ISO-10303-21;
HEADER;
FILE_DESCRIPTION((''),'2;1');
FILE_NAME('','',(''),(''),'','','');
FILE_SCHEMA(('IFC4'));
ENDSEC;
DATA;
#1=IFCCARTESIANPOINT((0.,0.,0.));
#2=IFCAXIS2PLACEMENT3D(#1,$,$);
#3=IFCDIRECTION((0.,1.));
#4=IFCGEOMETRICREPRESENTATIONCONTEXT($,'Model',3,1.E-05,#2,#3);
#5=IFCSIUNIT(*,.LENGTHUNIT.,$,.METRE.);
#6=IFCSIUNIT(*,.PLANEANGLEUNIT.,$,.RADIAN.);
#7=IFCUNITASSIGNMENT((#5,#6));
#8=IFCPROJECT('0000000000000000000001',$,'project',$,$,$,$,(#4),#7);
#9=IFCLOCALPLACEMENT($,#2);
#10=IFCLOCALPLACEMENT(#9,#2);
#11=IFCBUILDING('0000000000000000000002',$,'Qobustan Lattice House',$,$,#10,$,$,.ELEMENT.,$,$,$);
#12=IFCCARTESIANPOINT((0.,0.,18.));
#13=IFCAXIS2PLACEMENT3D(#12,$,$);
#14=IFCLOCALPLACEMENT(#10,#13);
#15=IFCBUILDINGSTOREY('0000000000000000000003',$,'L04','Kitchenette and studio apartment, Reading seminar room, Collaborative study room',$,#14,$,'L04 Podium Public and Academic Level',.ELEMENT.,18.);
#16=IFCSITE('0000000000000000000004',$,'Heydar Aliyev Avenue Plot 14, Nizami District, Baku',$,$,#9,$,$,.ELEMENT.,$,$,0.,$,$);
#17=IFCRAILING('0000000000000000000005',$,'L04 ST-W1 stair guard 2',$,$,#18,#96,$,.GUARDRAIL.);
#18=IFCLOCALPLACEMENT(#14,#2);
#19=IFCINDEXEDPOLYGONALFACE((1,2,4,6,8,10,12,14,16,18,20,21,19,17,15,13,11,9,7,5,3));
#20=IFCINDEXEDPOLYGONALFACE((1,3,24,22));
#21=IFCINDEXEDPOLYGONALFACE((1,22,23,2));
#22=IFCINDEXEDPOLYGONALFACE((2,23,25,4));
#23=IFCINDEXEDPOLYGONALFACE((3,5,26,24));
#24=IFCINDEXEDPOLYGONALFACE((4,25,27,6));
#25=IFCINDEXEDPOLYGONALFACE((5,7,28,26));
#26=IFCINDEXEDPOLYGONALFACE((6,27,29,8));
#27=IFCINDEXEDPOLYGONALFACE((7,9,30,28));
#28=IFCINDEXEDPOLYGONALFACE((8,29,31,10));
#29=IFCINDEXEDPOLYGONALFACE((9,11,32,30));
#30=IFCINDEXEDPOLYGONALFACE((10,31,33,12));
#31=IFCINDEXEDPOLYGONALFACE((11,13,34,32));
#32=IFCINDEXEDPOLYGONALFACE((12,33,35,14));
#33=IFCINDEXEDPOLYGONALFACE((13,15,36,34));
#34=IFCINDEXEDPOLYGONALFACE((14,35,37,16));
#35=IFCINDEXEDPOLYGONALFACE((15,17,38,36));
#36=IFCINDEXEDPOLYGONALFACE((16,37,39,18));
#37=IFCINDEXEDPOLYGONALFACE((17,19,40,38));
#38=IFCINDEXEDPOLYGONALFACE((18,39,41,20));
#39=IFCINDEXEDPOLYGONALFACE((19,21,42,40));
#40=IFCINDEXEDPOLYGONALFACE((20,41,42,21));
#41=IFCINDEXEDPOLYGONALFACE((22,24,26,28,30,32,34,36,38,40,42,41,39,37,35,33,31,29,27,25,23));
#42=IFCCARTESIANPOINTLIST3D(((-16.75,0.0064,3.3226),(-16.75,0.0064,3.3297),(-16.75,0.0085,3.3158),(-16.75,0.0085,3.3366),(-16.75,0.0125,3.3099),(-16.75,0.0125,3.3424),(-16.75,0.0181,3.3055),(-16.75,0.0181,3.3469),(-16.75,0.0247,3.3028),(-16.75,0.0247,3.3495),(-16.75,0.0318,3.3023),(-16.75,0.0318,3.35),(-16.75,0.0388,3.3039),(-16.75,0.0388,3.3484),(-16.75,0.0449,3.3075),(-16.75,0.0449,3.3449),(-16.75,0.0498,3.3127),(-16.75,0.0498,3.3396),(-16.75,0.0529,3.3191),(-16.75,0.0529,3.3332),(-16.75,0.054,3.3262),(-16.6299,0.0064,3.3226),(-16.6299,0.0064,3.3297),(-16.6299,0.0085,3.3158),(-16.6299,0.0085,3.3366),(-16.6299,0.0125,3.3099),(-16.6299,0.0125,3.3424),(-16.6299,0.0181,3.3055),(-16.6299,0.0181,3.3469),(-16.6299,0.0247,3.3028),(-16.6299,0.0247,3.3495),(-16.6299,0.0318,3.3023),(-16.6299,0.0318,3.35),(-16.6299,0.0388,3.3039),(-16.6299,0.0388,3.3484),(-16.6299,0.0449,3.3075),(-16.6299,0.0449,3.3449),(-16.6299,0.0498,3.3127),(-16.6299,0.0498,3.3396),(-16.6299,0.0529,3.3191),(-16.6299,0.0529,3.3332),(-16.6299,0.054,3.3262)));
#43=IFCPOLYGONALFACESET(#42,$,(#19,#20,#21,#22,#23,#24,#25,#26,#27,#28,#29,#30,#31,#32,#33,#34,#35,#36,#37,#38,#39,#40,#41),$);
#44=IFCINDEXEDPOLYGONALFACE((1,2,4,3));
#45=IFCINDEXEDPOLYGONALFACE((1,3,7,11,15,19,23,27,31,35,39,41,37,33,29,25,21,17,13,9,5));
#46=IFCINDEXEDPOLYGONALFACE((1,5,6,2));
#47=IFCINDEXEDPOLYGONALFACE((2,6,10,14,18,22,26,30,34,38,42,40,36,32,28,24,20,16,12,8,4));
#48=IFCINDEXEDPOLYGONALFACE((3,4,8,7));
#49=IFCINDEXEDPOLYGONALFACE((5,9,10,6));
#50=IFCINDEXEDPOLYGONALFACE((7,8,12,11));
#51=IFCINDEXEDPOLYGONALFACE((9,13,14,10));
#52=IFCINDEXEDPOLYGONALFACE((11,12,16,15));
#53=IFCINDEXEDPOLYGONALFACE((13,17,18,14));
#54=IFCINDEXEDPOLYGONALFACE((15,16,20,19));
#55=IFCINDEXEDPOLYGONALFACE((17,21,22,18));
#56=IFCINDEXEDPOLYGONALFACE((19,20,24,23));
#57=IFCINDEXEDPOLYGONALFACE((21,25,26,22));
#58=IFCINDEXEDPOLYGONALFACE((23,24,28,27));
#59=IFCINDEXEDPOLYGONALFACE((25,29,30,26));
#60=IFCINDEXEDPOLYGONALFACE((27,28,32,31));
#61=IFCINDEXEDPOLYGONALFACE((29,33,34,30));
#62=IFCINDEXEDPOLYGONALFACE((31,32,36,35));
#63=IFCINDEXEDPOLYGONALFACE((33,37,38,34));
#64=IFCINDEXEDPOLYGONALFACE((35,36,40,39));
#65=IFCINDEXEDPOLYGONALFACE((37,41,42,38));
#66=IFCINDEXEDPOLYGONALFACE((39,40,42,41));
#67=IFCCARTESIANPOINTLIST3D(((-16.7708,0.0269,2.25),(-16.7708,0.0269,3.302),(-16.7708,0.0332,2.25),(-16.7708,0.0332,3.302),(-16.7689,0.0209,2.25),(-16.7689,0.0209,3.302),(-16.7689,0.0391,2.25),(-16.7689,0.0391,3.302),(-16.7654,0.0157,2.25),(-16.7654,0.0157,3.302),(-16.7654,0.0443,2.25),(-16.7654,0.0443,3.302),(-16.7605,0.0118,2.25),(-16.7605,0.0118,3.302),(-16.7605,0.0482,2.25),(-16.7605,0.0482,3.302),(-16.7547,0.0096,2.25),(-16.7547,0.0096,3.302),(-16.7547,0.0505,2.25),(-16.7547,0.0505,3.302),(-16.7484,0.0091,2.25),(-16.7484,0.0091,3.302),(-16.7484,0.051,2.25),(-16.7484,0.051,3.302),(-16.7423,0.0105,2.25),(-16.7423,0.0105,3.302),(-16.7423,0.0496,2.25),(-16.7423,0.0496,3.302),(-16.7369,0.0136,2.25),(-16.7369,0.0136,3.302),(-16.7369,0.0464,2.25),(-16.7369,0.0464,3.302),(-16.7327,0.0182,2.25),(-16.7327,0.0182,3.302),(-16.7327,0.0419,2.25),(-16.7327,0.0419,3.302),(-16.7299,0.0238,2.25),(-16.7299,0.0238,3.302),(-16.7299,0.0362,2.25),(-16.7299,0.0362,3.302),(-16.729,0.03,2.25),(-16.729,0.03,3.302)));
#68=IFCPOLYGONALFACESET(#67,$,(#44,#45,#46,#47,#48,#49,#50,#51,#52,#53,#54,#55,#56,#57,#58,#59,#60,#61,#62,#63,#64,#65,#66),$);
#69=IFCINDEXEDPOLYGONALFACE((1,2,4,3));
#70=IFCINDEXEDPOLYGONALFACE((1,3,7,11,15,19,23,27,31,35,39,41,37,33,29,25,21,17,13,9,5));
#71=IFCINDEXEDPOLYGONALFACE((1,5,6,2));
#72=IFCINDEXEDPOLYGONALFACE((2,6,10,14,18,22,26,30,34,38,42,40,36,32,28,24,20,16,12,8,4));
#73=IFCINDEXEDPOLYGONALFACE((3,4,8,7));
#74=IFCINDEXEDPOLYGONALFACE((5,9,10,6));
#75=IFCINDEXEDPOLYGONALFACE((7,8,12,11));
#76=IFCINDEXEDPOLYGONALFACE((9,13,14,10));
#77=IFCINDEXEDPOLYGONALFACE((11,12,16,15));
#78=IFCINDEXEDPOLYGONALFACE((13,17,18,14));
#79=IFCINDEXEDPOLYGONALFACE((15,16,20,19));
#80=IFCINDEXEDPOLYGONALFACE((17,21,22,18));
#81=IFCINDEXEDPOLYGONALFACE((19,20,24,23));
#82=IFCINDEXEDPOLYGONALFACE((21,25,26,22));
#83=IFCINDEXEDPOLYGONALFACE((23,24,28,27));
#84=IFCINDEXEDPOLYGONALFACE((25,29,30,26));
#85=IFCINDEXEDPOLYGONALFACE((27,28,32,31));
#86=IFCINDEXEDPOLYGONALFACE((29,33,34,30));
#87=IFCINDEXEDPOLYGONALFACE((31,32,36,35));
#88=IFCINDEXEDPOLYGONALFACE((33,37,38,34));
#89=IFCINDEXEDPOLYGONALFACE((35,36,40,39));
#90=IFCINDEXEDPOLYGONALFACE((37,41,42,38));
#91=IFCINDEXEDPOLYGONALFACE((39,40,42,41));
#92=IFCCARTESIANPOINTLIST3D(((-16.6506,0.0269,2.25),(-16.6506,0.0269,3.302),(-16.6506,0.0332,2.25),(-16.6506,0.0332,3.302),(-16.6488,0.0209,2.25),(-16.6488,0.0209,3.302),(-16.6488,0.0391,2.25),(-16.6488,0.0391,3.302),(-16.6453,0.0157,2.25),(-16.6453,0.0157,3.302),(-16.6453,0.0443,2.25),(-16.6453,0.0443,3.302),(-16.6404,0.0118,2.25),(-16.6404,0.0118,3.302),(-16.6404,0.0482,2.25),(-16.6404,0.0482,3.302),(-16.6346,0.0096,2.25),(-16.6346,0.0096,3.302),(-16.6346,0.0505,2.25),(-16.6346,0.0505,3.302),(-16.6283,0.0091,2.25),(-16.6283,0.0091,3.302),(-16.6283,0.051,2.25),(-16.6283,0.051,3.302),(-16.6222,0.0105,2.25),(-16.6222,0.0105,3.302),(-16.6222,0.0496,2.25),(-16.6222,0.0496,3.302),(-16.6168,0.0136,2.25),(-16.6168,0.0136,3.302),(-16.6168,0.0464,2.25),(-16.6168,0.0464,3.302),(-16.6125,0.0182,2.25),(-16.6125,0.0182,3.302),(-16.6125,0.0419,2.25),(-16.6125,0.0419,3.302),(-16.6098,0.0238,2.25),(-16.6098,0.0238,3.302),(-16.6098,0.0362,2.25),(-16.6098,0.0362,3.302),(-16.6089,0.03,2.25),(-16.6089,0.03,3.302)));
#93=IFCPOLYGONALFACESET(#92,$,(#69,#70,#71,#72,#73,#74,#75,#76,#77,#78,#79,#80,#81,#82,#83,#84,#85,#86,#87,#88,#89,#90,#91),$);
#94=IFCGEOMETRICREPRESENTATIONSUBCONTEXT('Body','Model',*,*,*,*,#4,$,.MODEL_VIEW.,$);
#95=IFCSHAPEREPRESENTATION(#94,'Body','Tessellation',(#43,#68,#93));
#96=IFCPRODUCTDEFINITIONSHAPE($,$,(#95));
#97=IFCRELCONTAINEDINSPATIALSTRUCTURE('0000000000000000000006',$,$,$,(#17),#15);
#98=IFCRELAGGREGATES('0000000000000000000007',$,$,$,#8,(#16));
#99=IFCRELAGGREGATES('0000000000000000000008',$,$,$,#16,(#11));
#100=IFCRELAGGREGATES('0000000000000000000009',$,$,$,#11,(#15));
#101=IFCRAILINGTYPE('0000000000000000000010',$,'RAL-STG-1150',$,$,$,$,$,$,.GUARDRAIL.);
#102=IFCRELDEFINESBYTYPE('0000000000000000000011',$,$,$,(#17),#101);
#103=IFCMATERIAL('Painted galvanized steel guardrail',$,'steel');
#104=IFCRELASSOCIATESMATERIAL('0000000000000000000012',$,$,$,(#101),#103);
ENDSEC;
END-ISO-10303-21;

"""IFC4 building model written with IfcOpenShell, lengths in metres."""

from ifc_helpers import new_model, si_unit, direction, frame, origin, origin_2d, place, context, subcontext, project, spatial, circle, extrude, material, type_object, element, save


model = new_model("IFC4")

# Units and contexts
model_context = context("Model", 3, precision=1e-05, world=origin(), true_north=direction((0.0, 1.0)))
body_context = subcontext(model_context, "Body", "Model", "MODEL_VIEW")
ifc_project = project(units=[si_unit("LENGTHUNIT", "METRE"), si_unit("PLANEANGLEUNIT", "RADIAN")], contexts=[model_context])

# Site, building, storey
site_placement = place(None, origin())
site = spatial("IfcSite", under=ifc_project, at=site_placement, Name="Heydar Aliyev Avenue Plot 14, Nizami District, Baku", CompositionType="ELEMENT", RefElevation=0.0)
building_placement = place(site_placement, origin())
building = spatial("IfcBuilding", under=site, at=building_placement, Name="Qobustan Lattice House", CompositionType="ELEMENT")
storey_placement = place(building_placement, frame((0.0, 0.0, 18.0)))
storey = spatial("IfcBuildingStorey", under=building, at=storey_placement, Name="L04", Description="Kitchenette and studio apartment, Reading seminar room, Collaborative study room", LongName="L04 Podium Public and Academic Level", CompositionType="ELEMENT", Elevation=18.0)

# Railing
ifc_material_1 = material(Name="Painted galvanized steel guardrail", Category="steel")
railing_type_1 = type_object("IfcRailingType", Name="RAL-STG-1150", PredefinedType="GUARDRAIL", material=ifc_material_1)
railing_1_placement = place(storey_placement, frame((-16.75, 0.03, 2.25)))
element("IfcRailing", 1, at=railing_1_placement, inside=storey, type_object=railing_type_1, Name="L04 ST-W1 stair guard 2", PredefinedType="GUARDRAIL", context=body_context, shape_type="SweptSolid", body=[
    extrude(circle(Radius=0.0239, at=origin_2d()), frame((0.0, 0.0, 1.0762), z_axis=(1.0, 0.0, 0.0), x_axis=(0.0, 1.0, 0.0)), (0.0, 0.0, 1.0), 0.1201),
    extrude(circle(Radius=0.021, at=origin_2d()), origin(), (0.0, 0.0, 1.0), 1.052),
    extrude(circle(Radius=0.021, at=origin_2d()), frame((0.1201, 0.0, 0.0)), (0.0, 0.0, 1.0), 1.052),
])

save(model, "model.ifc")
